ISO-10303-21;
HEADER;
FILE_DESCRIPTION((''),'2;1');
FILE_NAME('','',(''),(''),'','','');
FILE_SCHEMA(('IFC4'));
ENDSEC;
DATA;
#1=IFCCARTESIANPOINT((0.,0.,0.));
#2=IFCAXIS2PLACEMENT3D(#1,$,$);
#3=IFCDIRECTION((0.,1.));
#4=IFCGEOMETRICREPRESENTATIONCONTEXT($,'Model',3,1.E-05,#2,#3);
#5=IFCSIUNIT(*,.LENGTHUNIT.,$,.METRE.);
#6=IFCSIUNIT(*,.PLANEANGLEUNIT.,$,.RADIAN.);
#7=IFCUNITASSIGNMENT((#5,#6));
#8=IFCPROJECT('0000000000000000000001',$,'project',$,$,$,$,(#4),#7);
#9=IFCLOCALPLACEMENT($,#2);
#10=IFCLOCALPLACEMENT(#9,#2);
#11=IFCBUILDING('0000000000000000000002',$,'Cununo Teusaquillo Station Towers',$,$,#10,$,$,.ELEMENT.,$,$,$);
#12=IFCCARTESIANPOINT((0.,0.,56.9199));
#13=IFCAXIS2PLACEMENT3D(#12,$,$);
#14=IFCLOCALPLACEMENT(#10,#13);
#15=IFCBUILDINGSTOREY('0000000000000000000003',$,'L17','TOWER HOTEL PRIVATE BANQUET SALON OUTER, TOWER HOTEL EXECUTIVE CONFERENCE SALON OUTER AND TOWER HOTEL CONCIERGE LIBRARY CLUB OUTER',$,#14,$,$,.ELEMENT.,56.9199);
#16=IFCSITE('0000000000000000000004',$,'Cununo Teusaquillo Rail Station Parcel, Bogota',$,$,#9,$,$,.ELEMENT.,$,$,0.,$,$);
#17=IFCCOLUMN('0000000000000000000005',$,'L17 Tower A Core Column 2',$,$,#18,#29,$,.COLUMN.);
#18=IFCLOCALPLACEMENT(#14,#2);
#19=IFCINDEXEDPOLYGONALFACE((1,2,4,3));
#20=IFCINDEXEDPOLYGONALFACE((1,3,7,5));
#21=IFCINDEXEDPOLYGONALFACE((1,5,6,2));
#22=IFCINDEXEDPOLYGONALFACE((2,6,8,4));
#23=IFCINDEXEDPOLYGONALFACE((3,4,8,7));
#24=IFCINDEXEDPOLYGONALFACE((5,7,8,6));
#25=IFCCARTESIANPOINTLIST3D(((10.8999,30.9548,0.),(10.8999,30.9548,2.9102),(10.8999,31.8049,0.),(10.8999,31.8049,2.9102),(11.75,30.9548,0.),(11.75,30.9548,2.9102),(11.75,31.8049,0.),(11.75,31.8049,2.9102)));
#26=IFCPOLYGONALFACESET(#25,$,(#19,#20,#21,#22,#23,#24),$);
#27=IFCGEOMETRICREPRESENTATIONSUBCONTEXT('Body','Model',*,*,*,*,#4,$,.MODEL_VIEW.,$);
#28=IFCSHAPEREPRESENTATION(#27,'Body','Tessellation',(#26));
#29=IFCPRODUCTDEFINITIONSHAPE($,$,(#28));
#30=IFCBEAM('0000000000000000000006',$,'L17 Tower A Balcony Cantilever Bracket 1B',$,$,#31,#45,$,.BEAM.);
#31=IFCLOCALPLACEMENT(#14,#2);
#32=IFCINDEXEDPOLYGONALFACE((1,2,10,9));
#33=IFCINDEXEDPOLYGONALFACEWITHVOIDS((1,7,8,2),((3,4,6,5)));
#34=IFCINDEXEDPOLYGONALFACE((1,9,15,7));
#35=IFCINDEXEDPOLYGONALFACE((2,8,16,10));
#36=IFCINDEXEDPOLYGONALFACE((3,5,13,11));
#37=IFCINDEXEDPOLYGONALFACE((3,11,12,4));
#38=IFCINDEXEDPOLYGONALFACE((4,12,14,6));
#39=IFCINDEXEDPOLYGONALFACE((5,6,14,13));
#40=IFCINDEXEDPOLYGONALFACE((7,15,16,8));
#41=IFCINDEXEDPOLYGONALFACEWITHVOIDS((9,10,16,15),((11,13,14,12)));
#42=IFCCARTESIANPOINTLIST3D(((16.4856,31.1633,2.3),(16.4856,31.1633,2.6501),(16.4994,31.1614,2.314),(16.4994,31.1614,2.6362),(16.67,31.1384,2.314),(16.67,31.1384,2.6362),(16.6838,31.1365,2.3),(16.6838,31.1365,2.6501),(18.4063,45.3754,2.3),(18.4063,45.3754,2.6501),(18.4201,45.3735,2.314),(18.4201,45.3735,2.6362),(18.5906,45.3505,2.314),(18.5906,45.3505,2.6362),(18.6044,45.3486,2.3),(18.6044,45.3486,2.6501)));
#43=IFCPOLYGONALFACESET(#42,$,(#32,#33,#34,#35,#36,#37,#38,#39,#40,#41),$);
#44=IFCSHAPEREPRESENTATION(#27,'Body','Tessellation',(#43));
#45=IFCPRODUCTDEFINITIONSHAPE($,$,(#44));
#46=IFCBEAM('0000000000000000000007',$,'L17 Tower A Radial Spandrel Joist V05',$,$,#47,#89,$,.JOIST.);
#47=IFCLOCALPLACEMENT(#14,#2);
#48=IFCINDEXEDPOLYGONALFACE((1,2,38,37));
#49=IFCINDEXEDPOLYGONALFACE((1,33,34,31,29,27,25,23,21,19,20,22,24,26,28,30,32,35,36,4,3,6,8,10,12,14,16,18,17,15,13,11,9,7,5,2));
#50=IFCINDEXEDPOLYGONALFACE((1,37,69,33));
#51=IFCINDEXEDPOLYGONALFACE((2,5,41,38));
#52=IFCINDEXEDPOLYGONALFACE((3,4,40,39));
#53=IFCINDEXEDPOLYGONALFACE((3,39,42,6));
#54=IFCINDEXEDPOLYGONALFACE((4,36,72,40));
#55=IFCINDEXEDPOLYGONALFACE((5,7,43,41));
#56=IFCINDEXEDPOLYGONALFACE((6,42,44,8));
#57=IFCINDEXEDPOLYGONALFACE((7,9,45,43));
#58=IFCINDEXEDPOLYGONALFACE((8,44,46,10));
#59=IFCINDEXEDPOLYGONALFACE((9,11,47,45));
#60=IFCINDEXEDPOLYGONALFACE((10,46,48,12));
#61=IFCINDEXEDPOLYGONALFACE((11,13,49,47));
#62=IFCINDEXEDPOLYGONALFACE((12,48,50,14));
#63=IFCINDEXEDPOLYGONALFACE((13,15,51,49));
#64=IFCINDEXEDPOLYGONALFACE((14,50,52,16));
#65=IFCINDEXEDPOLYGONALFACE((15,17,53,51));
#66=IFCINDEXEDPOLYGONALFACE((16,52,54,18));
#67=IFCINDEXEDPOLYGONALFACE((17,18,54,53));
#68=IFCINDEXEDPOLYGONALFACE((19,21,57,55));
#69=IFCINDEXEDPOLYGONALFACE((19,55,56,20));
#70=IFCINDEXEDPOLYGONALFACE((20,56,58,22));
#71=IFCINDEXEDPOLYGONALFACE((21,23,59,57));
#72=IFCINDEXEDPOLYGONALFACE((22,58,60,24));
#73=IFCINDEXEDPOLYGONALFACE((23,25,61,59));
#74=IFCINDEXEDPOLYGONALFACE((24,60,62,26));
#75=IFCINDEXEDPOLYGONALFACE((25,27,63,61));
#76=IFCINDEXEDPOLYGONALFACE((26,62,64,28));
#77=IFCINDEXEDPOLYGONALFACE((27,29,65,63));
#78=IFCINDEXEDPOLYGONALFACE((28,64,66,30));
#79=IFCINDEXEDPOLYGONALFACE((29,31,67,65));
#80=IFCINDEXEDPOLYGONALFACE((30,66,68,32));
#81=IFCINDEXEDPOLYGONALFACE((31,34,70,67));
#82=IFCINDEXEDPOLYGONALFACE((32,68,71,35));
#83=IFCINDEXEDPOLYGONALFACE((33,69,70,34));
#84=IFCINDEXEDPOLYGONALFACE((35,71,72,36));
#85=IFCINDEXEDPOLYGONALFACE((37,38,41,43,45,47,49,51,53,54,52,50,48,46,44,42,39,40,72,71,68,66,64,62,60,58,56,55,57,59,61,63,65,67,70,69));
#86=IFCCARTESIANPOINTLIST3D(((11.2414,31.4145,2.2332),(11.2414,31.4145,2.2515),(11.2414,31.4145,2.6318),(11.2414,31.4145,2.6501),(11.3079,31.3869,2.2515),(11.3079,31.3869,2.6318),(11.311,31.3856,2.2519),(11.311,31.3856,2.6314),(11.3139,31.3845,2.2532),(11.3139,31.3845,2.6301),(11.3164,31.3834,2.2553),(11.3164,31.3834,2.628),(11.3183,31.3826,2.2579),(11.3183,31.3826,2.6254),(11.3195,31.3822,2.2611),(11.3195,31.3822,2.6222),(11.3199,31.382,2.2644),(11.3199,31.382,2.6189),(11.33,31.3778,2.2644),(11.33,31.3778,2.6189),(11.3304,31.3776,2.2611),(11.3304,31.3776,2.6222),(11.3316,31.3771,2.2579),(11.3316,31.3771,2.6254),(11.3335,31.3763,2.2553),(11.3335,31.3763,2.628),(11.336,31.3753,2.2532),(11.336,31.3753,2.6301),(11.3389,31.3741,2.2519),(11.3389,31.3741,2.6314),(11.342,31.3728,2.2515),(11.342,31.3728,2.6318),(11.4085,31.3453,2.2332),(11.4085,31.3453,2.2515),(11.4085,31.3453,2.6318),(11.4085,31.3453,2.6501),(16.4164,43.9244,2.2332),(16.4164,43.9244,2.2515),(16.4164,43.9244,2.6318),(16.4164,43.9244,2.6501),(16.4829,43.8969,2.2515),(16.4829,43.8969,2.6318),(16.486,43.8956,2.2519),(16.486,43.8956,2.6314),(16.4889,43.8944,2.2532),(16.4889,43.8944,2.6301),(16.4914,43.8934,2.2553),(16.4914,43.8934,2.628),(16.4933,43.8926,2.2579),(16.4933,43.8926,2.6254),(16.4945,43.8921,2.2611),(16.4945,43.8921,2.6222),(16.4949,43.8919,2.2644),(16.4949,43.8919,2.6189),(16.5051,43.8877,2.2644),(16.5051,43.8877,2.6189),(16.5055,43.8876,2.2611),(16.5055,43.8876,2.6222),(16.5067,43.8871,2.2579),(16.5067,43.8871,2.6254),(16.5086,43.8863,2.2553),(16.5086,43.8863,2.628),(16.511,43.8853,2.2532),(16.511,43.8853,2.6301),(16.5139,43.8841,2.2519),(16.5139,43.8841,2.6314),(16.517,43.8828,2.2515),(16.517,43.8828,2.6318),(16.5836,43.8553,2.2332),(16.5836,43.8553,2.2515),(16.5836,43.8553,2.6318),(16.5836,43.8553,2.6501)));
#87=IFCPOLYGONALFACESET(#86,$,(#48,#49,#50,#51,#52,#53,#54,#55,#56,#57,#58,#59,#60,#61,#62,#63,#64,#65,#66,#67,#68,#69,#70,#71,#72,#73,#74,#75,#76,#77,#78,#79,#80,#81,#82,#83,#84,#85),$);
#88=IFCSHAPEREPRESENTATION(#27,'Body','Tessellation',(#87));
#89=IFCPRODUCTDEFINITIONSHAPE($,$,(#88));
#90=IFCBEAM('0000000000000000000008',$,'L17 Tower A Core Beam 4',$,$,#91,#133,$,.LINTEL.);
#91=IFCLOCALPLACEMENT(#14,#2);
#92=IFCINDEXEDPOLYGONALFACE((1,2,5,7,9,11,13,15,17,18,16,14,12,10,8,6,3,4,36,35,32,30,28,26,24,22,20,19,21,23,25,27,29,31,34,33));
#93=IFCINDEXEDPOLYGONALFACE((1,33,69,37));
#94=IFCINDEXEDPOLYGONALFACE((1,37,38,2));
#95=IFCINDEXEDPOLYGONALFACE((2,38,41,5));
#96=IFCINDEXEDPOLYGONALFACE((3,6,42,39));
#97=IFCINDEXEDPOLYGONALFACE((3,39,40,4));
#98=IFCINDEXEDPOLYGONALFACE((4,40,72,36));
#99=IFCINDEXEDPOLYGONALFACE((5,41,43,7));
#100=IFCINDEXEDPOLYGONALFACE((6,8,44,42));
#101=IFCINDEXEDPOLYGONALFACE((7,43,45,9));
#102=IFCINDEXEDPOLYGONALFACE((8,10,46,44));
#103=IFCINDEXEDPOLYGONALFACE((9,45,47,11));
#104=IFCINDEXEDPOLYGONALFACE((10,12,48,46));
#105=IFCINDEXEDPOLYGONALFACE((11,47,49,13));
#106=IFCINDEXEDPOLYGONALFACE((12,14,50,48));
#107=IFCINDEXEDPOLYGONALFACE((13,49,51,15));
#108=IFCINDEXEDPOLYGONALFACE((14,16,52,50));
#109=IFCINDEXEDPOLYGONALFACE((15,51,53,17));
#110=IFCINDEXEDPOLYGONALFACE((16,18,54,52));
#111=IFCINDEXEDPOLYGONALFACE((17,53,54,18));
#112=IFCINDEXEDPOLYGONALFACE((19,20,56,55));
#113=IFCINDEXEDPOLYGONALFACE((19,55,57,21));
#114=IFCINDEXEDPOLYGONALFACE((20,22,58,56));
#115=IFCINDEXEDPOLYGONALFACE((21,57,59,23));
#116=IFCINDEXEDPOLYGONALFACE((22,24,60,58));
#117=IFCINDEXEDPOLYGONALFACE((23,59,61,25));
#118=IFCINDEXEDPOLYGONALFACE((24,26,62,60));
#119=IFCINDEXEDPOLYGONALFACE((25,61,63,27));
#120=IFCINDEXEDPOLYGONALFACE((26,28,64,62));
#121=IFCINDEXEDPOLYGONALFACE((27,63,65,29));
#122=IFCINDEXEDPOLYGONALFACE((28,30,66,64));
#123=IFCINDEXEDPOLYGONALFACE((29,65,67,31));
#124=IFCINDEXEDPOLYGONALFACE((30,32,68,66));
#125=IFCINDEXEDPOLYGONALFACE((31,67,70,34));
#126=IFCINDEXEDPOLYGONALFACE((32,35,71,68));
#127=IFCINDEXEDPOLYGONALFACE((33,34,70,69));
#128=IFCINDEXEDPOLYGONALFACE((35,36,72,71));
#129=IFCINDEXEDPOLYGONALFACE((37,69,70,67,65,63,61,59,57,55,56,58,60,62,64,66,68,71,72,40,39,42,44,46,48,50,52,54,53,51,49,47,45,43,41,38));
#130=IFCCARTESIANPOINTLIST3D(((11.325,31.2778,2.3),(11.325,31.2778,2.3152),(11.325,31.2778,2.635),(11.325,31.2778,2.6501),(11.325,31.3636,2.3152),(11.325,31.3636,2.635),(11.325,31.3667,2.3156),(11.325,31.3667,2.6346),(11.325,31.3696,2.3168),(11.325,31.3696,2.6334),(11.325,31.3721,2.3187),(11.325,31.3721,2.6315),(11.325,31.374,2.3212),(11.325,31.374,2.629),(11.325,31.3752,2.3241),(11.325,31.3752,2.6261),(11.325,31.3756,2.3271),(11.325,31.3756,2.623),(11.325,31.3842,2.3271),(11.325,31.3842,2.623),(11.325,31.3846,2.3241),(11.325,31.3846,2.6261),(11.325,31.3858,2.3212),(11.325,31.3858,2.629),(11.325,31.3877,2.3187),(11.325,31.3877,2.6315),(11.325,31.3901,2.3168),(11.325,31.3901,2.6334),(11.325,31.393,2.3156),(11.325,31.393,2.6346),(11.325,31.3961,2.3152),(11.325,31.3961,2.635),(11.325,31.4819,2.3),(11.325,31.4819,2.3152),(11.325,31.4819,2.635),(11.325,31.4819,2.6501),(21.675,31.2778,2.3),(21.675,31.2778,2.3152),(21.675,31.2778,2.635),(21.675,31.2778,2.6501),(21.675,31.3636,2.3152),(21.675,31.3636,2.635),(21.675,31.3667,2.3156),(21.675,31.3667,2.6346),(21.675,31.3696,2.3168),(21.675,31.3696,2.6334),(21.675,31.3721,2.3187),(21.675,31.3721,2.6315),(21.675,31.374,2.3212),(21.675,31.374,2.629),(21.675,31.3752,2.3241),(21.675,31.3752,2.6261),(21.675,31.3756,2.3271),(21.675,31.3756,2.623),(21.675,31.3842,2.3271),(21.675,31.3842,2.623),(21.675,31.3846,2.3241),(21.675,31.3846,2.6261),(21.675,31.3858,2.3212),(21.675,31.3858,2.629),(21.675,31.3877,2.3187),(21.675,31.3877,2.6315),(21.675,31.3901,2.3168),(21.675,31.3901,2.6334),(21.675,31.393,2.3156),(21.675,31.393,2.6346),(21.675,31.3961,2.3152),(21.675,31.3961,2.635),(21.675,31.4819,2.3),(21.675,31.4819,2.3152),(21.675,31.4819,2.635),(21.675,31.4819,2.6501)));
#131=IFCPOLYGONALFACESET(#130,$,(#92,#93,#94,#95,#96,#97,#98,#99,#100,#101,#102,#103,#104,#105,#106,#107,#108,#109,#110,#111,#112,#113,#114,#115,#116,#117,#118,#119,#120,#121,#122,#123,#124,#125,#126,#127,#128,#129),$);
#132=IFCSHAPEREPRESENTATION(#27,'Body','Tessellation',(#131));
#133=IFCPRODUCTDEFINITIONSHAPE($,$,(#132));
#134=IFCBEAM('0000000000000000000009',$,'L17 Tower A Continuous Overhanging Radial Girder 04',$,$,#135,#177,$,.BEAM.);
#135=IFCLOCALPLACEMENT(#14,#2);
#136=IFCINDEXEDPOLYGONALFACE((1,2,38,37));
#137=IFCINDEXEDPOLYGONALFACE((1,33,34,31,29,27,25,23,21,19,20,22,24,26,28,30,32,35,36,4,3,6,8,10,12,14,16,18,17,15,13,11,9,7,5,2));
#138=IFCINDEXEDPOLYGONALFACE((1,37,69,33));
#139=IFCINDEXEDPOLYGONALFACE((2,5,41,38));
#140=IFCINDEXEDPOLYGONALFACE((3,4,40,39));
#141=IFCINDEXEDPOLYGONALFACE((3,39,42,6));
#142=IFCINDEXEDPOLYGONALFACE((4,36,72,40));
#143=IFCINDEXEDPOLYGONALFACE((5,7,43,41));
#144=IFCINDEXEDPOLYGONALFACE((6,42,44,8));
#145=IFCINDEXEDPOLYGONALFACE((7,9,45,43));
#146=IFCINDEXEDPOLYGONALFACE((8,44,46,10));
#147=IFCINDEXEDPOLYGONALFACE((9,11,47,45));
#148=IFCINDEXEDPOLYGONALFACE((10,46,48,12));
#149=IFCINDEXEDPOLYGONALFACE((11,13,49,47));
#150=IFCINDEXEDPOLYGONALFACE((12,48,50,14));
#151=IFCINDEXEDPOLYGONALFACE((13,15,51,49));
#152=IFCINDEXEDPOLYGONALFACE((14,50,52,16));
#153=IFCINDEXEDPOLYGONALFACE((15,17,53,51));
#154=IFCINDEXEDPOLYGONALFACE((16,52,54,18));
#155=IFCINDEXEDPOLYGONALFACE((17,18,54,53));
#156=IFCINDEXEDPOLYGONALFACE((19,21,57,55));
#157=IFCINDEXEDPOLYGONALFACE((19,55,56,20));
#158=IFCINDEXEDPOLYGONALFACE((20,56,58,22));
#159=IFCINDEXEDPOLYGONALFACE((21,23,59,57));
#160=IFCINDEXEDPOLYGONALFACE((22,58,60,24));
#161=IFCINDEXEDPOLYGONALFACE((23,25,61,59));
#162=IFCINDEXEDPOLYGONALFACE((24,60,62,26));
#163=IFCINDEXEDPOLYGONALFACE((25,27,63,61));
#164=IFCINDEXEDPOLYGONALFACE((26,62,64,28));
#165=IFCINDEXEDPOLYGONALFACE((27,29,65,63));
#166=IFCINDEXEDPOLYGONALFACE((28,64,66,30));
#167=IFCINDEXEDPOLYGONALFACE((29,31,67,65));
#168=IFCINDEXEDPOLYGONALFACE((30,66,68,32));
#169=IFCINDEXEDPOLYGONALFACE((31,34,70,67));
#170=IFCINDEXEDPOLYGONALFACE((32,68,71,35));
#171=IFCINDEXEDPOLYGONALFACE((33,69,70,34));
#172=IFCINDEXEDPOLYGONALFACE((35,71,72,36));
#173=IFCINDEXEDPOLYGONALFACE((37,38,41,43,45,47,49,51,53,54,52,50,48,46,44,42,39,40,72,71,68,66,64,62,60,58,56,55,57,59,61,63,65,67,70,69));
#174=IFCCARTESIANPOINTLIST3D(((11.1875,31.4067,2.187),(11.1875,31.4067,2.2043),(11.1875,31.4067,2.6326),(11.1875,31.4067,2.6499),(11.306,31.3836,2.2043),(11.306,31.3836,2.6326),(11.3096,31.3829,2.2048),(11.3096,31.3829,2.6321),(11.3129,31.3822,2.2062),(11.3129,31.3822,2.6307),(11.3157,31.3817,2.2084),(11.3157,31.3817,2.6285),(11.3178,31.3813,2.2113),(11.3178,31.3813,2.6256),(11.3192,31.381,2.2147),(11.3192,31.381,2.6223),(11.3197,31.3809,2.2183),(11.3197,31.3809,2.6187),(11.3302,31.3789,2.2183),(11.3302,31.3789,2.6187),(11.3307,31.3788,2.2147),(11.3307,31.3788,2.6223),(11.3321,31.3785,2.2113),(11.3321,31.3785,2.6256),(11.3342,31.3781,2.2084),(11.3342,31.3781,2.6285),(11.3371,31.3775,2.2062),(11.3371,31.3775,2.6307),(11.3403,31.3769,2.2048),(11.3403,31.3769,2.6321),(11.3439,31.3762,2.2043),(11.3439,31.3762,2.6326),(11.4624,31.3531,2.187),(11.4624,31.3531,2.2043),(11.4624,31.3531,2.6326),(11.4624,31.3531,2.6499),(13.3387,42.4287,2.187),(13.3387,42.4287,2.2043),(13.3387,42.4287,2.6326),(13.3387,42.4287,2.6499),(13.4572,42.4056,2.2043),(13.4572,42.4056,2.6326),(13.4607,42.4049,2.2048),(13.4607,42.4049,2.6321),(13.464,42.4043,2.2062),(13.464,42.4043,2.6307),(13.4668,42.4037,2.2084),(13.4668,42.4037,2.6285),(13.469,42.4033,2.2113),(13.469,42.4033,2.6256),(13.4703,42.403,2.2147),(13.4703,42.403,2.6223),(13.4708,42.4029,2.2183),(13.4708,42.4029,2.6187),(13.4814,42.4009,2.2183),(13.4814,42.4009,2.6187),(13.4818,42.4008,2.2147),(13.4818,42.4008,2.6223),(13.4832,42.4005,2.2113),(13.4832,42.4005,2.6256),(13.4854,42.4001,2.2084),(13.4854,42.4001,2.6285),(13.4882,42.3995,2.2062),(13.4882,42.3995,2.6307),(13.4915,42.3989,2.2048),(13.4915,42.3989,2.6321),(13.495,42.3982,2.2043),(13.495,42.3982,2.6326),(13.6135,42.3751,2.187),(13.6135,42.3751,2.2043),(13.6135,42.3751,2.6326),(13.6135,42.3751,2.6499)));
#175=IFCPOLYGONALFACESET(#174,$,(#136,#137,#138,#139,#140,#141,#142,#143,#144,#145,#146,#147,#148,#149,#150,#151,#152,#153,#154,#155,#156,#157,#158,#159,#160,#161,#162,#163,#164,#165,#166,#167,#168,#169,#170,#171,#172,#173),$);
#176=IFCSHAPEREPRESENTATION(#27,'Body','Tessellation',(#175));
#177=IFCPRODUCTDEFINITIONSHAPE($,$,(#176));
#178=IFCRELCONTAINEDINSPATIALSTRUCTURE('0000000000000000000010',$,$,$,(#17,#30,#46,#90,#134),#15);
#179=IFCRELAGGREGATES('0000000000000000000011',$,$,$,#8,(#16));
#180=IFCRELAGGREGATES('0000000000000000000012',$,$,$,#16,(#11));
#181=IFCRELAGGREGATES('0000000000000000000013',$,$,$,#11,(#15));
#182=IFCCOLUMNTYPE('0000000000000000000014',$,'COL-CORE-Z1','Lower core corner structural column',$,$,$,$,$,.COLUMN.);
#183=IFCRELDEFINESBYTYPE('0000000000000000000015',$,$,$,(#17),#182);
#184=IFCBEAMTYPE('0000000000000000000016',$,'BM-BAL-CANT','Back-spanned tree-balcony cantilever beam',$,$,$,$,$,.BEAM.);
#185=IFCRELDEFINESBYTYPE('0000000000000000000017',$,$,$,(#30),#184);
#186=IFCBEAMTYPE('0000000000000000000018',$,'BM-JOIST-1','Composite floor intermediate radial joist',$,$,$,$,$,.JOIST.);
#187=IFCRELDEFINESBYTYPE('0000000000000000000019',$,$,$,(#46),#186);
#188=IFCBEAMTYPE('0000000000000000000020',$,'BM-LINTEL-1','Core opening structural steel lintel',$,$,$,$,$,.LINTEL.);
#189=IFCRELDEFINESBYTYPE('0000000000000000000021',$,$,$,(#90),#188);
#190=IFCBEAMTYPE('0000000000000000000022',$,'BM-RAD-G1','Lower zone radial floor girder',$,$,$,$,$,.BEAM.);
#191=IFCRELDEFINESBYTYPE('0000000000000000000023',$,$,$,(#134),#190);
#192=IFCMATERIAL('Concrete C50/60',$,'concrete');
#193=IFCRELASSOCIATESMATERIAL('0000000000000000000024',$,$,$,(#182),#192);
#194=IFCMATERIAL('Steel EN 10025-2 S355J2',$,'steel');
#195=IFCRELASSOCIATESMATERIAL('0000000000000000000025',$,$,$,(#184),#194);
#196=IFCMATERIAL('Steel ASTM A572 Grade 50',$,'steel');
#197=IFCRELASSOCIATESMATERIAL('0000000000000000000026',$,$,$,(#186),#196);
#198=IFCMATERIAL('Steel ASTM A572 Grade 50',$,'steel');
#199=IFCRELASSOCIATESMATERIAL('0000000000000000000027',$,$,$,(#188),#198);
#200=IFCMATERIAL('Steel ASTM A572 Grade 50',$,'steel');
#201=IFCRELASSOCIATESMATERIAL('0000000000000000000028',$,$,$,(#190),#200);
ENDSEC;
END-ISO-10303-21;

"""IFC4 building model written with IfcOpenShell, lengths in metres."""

from ifc_helpers import new_model, si_unit, direction, frame, origin, origin_2d, place, context, subcontext, project, spatial, rectangle, hollow_rectangle, i_section, extrude, material, material_profile, profile_set, type_object, element, save


model = new_model("IFC4")

# Units and contexts
model_context = context("Model", 3, precision=1e-05, world=origin(), true_north=direction((0.0, 1.0)))
body_context = subcontext(model_context, "Body", "Model", "MODEL_VIEW")
ifc_project = project(units=[si_unit("LENGTHUNIT", "METRE"), si_unit("PLANEANGLEUNIT", "RADIAN")], contexts=[model_context])

# Site, building, storey
site_placement = place(None, origin())
site = spatial("IfcSite", under=ifc_project, at=site_placement, Name="Cununo Teusaquillo Rail Station Parcel, Bogota", CompositionType="ELEMENT", RefElevation=0.0)
building_placement = place(site_placement, origin())
building = spatial("IfcBuilding", under=site, at=building_placement, Name="Cununo Teusaquillo Station Towers", CompositionType="ELEMENT")
storey_placement = place(building_placement, frame((0.0, 0.0, 56.9199)))
storey = spatial("IfcBuildingStorey", under=building, at=storey_placement, Name="L17", Description="TOWER HOTEL PRIVATE BANQUET SALON OUTER, TOWER HOTEL EXECUTIVE CONFERENCE SALON OUTER AND TOWER HOTEL CONCIERGE LIBRARY CLUB OUTER", CompositionType="ELEMENT", Elevation=56.9199)

# Column
ifc_material_1 = material(Name="Concrete C50/60", Category="concrete")
ifc_material_profile_1 = material_profile(ifc_material_1, rectangle(XDim=0.8501, YDim=0.8501, at=origin_2d()), Name="RC-RECT-850x850")
ifc_profile_set_1 = profile_set([ifc_material_profile_1], Name="Concrete C50/60")
column_type = type_object("IfcColumnType", Name="COL-CORE-Z1", Description="Lower core corner structural column", PredefinedType="COLUMN", material=ifc_profile_set_1)
column_placement = place(storey_placement, frame((11.325, 31.3799, 0.0), z_axis=(0.0, 0.0, 1.0), x_axis=(1.0, 0.0, 0.0)))
element("IfcColumn", 1, at=column_placement, inside=storey, type_object=column_type, Name="L17 Tower A Core Column 2", PredefinedType="COLUMN", context=body_context, shape_type="SweptSolid", body=[
    extrude(rectangle(XDim=0.8501, YDim=0.8501, at=origin_2d()), origin(), (0.0, 0.0, 1.0), 2.9102),
])

# Beams
ifc_material_2 = material(Name="Steel EN 10025-2 S355J2", Category="steel")
ifc_material_profile_2 = material_profile(ifc_material_2, hollow_rectangle(XDim=0.2, YDim=0.3501, WallThickness=0.0139, at=origin_2d()), Name="RHS 350x200x14")
ifc_profile_set_2 = profile_set([ifc_material_profile_2], Name="Steel EN 10025-2 S355J2")
beam_type_1 = type_object("IfcBeamType", Name="BM-BAL-CANT", Description="Back-spanned tree-balcony cantilever beam", PredefinedType="BEAM", material=ifc_profile_set_2)
beam_1_placement = place(storey_placement, frame((16.5847, 31.1499, 2.4751), z_axis=(0.133924, 0.990992, 0.0), x_axis=(-0.990992, 0.133924, 0.0)))
element("IfcBeam", 2, at=beam_1_placement, inside=storey, type_object=beam_type_1, Name="L17 Tower A Balcony Cantilever Bracket 1B", PredefinedType="BEAM", context=body_context, shape_type="SweptSolid", body=[
    extrude(hollow_rectangle(XDim=0.2, YDim=0.3501, WallThickness=0.0139, at=origin_2d()), origin(), (0.0, 0.0, 1.0), 14.3413),
])
ifc_material_3 = material(Name="Steel ASTM A572 Grade 50", Category="steel")
ifc_material_profile_3 = material_profile(ifc_material_3, i_section(OverallWidth=0.1809, OverallDepth=0.417, WebThickness=0.011, FlangeThickness=0.0183, FilletRadius=0.0129, at=origin_2d()), Name="W16X57")
ifc_profile_set_3 = profile_set([ifc_material_profile_3], Name="Steel ASTM A572 Grade 50")
beam_type_2 = type_object("IfcBeamType", Name="BM-JOIST-1", Description="Composite floor intermediate radial joist", PredefinedType="JOIST", material=ifc_profile_set_3)
beam_2_placement = place(storey_placement, frame((11.325, 31.3799, 2.4417), z_axis=(0.382257, 0.924056, 0.0), x_axis=(-0.924056, 0.382257, 0.0)))
element("IfcBeam", 3, at=beam_2_placement, inside=storey, type_object=beam_type_2, Name="L17 Tower A Radial Spandrel Joist V05", PredefinedType="JOIST", context=body_context, shape_type="SweptSolid", body=[
    extrude(i_section(OverallWidth=0.1809, OverallDepth=0.417, WebThickness=0.011, FlangeThickness=0.0183, FilletRadius=0.0129, at=origin_2d()), origin(), (0.0, 0.0, 1.0), 13.5381),
])
ifc_material_4 = material(Name="Steel ASTM A572 Grade 50", Category="steel")
ifc_material_profile_4 = material_profile(ifc_material_4, i_section(OverallWidth=0.2041, OverallDepth=0.3501, WebThickness=0.0085, FlangeThickness=0.0151, FilletRadius=0.012, at=origin_2d()), Name="W14X48")
ifc_profile_set_4 = profile_set([ifc_material_profile_4], Name="Steel ASTM A572 Grade 50")
beam_type_3 = type_object("IfcBeamType", Name="BM-LINTEL-1", Description="Core opening structural steel lintel", PredefinedType="LINTEL", material=ifc_profile_set_4)
beam_3_placement = place(storey_placement, frame((11.325, 31.3799, 2.4751), z_axis=(1.0, 0.0, 0.0), x_axis=(0.0, 1.0, 0.0)))
element("IfcBeam", 4, at=beam_3_placement, inside=storey, type_object=beam_type_3, Name="L17 Tower A Core Beam 4", PredefinedType="LINTEL", context=body_context, shape_type="SweptSolid", body=[
    extrude(i_section(OverallWidth=0.2041, OverallDepth=0.3501, WebThickness=0.0085, FlangeThickness=0.0151, FilletRadius=0.012, at=origin_2d()), origin(), (0.0, 0.0, 1.0), 10.3501),
])
ifc_material_5 = material(Name="Steel ASTM A572 Grade 50", Category="steel")
ifc_material_profile_5 = material_profile(ifc_material_5, i_section(OverallWidth=0.28, OverallDepth=0.4629, WebThickness=0.0107, FlangeThickness=0.0173, FilletRadius=0.0139, at=origin_2d()), Name="W18X76")
ifc_profile_set_5 = profile_set([ifc_material_profile_5], Name="Steel ASTM A572 Grade 50")
beam_type_4 = type_object("IfcBeamType", Name="BM-RAD-G1", Description="Lower zone radial floor girder", PredefinedType="BEAM", material=ifc_profile_set_5)
beam_4_placement = place(storey_placement, frame((11.325, 31.3799, 2.4185), z_axis=(0.191553, 0.981482, 0.0), x_axis=(-0.981482, 0.191553, 0.0)))
element("IfcBeam", 5, at=beam_4_placement, inside=storey, type_object=beam_type_4, Name="L17 Tower A Continuous Overhanging Radial Girder 04", PredefinedType="BEAM", context=body_context, shape_type="SweptSolid", body=[
    extrude(i_section(OverallWidth=0.28, OverallDepth=0.4629, WebThickness=0.0107, FlangeThickness=0.0173, FilletRadius=0.0139, at=origin_2d()), origin(), (0.0, 0.0, 1.0), 11.23),
])

save(model, "model.ifc")
